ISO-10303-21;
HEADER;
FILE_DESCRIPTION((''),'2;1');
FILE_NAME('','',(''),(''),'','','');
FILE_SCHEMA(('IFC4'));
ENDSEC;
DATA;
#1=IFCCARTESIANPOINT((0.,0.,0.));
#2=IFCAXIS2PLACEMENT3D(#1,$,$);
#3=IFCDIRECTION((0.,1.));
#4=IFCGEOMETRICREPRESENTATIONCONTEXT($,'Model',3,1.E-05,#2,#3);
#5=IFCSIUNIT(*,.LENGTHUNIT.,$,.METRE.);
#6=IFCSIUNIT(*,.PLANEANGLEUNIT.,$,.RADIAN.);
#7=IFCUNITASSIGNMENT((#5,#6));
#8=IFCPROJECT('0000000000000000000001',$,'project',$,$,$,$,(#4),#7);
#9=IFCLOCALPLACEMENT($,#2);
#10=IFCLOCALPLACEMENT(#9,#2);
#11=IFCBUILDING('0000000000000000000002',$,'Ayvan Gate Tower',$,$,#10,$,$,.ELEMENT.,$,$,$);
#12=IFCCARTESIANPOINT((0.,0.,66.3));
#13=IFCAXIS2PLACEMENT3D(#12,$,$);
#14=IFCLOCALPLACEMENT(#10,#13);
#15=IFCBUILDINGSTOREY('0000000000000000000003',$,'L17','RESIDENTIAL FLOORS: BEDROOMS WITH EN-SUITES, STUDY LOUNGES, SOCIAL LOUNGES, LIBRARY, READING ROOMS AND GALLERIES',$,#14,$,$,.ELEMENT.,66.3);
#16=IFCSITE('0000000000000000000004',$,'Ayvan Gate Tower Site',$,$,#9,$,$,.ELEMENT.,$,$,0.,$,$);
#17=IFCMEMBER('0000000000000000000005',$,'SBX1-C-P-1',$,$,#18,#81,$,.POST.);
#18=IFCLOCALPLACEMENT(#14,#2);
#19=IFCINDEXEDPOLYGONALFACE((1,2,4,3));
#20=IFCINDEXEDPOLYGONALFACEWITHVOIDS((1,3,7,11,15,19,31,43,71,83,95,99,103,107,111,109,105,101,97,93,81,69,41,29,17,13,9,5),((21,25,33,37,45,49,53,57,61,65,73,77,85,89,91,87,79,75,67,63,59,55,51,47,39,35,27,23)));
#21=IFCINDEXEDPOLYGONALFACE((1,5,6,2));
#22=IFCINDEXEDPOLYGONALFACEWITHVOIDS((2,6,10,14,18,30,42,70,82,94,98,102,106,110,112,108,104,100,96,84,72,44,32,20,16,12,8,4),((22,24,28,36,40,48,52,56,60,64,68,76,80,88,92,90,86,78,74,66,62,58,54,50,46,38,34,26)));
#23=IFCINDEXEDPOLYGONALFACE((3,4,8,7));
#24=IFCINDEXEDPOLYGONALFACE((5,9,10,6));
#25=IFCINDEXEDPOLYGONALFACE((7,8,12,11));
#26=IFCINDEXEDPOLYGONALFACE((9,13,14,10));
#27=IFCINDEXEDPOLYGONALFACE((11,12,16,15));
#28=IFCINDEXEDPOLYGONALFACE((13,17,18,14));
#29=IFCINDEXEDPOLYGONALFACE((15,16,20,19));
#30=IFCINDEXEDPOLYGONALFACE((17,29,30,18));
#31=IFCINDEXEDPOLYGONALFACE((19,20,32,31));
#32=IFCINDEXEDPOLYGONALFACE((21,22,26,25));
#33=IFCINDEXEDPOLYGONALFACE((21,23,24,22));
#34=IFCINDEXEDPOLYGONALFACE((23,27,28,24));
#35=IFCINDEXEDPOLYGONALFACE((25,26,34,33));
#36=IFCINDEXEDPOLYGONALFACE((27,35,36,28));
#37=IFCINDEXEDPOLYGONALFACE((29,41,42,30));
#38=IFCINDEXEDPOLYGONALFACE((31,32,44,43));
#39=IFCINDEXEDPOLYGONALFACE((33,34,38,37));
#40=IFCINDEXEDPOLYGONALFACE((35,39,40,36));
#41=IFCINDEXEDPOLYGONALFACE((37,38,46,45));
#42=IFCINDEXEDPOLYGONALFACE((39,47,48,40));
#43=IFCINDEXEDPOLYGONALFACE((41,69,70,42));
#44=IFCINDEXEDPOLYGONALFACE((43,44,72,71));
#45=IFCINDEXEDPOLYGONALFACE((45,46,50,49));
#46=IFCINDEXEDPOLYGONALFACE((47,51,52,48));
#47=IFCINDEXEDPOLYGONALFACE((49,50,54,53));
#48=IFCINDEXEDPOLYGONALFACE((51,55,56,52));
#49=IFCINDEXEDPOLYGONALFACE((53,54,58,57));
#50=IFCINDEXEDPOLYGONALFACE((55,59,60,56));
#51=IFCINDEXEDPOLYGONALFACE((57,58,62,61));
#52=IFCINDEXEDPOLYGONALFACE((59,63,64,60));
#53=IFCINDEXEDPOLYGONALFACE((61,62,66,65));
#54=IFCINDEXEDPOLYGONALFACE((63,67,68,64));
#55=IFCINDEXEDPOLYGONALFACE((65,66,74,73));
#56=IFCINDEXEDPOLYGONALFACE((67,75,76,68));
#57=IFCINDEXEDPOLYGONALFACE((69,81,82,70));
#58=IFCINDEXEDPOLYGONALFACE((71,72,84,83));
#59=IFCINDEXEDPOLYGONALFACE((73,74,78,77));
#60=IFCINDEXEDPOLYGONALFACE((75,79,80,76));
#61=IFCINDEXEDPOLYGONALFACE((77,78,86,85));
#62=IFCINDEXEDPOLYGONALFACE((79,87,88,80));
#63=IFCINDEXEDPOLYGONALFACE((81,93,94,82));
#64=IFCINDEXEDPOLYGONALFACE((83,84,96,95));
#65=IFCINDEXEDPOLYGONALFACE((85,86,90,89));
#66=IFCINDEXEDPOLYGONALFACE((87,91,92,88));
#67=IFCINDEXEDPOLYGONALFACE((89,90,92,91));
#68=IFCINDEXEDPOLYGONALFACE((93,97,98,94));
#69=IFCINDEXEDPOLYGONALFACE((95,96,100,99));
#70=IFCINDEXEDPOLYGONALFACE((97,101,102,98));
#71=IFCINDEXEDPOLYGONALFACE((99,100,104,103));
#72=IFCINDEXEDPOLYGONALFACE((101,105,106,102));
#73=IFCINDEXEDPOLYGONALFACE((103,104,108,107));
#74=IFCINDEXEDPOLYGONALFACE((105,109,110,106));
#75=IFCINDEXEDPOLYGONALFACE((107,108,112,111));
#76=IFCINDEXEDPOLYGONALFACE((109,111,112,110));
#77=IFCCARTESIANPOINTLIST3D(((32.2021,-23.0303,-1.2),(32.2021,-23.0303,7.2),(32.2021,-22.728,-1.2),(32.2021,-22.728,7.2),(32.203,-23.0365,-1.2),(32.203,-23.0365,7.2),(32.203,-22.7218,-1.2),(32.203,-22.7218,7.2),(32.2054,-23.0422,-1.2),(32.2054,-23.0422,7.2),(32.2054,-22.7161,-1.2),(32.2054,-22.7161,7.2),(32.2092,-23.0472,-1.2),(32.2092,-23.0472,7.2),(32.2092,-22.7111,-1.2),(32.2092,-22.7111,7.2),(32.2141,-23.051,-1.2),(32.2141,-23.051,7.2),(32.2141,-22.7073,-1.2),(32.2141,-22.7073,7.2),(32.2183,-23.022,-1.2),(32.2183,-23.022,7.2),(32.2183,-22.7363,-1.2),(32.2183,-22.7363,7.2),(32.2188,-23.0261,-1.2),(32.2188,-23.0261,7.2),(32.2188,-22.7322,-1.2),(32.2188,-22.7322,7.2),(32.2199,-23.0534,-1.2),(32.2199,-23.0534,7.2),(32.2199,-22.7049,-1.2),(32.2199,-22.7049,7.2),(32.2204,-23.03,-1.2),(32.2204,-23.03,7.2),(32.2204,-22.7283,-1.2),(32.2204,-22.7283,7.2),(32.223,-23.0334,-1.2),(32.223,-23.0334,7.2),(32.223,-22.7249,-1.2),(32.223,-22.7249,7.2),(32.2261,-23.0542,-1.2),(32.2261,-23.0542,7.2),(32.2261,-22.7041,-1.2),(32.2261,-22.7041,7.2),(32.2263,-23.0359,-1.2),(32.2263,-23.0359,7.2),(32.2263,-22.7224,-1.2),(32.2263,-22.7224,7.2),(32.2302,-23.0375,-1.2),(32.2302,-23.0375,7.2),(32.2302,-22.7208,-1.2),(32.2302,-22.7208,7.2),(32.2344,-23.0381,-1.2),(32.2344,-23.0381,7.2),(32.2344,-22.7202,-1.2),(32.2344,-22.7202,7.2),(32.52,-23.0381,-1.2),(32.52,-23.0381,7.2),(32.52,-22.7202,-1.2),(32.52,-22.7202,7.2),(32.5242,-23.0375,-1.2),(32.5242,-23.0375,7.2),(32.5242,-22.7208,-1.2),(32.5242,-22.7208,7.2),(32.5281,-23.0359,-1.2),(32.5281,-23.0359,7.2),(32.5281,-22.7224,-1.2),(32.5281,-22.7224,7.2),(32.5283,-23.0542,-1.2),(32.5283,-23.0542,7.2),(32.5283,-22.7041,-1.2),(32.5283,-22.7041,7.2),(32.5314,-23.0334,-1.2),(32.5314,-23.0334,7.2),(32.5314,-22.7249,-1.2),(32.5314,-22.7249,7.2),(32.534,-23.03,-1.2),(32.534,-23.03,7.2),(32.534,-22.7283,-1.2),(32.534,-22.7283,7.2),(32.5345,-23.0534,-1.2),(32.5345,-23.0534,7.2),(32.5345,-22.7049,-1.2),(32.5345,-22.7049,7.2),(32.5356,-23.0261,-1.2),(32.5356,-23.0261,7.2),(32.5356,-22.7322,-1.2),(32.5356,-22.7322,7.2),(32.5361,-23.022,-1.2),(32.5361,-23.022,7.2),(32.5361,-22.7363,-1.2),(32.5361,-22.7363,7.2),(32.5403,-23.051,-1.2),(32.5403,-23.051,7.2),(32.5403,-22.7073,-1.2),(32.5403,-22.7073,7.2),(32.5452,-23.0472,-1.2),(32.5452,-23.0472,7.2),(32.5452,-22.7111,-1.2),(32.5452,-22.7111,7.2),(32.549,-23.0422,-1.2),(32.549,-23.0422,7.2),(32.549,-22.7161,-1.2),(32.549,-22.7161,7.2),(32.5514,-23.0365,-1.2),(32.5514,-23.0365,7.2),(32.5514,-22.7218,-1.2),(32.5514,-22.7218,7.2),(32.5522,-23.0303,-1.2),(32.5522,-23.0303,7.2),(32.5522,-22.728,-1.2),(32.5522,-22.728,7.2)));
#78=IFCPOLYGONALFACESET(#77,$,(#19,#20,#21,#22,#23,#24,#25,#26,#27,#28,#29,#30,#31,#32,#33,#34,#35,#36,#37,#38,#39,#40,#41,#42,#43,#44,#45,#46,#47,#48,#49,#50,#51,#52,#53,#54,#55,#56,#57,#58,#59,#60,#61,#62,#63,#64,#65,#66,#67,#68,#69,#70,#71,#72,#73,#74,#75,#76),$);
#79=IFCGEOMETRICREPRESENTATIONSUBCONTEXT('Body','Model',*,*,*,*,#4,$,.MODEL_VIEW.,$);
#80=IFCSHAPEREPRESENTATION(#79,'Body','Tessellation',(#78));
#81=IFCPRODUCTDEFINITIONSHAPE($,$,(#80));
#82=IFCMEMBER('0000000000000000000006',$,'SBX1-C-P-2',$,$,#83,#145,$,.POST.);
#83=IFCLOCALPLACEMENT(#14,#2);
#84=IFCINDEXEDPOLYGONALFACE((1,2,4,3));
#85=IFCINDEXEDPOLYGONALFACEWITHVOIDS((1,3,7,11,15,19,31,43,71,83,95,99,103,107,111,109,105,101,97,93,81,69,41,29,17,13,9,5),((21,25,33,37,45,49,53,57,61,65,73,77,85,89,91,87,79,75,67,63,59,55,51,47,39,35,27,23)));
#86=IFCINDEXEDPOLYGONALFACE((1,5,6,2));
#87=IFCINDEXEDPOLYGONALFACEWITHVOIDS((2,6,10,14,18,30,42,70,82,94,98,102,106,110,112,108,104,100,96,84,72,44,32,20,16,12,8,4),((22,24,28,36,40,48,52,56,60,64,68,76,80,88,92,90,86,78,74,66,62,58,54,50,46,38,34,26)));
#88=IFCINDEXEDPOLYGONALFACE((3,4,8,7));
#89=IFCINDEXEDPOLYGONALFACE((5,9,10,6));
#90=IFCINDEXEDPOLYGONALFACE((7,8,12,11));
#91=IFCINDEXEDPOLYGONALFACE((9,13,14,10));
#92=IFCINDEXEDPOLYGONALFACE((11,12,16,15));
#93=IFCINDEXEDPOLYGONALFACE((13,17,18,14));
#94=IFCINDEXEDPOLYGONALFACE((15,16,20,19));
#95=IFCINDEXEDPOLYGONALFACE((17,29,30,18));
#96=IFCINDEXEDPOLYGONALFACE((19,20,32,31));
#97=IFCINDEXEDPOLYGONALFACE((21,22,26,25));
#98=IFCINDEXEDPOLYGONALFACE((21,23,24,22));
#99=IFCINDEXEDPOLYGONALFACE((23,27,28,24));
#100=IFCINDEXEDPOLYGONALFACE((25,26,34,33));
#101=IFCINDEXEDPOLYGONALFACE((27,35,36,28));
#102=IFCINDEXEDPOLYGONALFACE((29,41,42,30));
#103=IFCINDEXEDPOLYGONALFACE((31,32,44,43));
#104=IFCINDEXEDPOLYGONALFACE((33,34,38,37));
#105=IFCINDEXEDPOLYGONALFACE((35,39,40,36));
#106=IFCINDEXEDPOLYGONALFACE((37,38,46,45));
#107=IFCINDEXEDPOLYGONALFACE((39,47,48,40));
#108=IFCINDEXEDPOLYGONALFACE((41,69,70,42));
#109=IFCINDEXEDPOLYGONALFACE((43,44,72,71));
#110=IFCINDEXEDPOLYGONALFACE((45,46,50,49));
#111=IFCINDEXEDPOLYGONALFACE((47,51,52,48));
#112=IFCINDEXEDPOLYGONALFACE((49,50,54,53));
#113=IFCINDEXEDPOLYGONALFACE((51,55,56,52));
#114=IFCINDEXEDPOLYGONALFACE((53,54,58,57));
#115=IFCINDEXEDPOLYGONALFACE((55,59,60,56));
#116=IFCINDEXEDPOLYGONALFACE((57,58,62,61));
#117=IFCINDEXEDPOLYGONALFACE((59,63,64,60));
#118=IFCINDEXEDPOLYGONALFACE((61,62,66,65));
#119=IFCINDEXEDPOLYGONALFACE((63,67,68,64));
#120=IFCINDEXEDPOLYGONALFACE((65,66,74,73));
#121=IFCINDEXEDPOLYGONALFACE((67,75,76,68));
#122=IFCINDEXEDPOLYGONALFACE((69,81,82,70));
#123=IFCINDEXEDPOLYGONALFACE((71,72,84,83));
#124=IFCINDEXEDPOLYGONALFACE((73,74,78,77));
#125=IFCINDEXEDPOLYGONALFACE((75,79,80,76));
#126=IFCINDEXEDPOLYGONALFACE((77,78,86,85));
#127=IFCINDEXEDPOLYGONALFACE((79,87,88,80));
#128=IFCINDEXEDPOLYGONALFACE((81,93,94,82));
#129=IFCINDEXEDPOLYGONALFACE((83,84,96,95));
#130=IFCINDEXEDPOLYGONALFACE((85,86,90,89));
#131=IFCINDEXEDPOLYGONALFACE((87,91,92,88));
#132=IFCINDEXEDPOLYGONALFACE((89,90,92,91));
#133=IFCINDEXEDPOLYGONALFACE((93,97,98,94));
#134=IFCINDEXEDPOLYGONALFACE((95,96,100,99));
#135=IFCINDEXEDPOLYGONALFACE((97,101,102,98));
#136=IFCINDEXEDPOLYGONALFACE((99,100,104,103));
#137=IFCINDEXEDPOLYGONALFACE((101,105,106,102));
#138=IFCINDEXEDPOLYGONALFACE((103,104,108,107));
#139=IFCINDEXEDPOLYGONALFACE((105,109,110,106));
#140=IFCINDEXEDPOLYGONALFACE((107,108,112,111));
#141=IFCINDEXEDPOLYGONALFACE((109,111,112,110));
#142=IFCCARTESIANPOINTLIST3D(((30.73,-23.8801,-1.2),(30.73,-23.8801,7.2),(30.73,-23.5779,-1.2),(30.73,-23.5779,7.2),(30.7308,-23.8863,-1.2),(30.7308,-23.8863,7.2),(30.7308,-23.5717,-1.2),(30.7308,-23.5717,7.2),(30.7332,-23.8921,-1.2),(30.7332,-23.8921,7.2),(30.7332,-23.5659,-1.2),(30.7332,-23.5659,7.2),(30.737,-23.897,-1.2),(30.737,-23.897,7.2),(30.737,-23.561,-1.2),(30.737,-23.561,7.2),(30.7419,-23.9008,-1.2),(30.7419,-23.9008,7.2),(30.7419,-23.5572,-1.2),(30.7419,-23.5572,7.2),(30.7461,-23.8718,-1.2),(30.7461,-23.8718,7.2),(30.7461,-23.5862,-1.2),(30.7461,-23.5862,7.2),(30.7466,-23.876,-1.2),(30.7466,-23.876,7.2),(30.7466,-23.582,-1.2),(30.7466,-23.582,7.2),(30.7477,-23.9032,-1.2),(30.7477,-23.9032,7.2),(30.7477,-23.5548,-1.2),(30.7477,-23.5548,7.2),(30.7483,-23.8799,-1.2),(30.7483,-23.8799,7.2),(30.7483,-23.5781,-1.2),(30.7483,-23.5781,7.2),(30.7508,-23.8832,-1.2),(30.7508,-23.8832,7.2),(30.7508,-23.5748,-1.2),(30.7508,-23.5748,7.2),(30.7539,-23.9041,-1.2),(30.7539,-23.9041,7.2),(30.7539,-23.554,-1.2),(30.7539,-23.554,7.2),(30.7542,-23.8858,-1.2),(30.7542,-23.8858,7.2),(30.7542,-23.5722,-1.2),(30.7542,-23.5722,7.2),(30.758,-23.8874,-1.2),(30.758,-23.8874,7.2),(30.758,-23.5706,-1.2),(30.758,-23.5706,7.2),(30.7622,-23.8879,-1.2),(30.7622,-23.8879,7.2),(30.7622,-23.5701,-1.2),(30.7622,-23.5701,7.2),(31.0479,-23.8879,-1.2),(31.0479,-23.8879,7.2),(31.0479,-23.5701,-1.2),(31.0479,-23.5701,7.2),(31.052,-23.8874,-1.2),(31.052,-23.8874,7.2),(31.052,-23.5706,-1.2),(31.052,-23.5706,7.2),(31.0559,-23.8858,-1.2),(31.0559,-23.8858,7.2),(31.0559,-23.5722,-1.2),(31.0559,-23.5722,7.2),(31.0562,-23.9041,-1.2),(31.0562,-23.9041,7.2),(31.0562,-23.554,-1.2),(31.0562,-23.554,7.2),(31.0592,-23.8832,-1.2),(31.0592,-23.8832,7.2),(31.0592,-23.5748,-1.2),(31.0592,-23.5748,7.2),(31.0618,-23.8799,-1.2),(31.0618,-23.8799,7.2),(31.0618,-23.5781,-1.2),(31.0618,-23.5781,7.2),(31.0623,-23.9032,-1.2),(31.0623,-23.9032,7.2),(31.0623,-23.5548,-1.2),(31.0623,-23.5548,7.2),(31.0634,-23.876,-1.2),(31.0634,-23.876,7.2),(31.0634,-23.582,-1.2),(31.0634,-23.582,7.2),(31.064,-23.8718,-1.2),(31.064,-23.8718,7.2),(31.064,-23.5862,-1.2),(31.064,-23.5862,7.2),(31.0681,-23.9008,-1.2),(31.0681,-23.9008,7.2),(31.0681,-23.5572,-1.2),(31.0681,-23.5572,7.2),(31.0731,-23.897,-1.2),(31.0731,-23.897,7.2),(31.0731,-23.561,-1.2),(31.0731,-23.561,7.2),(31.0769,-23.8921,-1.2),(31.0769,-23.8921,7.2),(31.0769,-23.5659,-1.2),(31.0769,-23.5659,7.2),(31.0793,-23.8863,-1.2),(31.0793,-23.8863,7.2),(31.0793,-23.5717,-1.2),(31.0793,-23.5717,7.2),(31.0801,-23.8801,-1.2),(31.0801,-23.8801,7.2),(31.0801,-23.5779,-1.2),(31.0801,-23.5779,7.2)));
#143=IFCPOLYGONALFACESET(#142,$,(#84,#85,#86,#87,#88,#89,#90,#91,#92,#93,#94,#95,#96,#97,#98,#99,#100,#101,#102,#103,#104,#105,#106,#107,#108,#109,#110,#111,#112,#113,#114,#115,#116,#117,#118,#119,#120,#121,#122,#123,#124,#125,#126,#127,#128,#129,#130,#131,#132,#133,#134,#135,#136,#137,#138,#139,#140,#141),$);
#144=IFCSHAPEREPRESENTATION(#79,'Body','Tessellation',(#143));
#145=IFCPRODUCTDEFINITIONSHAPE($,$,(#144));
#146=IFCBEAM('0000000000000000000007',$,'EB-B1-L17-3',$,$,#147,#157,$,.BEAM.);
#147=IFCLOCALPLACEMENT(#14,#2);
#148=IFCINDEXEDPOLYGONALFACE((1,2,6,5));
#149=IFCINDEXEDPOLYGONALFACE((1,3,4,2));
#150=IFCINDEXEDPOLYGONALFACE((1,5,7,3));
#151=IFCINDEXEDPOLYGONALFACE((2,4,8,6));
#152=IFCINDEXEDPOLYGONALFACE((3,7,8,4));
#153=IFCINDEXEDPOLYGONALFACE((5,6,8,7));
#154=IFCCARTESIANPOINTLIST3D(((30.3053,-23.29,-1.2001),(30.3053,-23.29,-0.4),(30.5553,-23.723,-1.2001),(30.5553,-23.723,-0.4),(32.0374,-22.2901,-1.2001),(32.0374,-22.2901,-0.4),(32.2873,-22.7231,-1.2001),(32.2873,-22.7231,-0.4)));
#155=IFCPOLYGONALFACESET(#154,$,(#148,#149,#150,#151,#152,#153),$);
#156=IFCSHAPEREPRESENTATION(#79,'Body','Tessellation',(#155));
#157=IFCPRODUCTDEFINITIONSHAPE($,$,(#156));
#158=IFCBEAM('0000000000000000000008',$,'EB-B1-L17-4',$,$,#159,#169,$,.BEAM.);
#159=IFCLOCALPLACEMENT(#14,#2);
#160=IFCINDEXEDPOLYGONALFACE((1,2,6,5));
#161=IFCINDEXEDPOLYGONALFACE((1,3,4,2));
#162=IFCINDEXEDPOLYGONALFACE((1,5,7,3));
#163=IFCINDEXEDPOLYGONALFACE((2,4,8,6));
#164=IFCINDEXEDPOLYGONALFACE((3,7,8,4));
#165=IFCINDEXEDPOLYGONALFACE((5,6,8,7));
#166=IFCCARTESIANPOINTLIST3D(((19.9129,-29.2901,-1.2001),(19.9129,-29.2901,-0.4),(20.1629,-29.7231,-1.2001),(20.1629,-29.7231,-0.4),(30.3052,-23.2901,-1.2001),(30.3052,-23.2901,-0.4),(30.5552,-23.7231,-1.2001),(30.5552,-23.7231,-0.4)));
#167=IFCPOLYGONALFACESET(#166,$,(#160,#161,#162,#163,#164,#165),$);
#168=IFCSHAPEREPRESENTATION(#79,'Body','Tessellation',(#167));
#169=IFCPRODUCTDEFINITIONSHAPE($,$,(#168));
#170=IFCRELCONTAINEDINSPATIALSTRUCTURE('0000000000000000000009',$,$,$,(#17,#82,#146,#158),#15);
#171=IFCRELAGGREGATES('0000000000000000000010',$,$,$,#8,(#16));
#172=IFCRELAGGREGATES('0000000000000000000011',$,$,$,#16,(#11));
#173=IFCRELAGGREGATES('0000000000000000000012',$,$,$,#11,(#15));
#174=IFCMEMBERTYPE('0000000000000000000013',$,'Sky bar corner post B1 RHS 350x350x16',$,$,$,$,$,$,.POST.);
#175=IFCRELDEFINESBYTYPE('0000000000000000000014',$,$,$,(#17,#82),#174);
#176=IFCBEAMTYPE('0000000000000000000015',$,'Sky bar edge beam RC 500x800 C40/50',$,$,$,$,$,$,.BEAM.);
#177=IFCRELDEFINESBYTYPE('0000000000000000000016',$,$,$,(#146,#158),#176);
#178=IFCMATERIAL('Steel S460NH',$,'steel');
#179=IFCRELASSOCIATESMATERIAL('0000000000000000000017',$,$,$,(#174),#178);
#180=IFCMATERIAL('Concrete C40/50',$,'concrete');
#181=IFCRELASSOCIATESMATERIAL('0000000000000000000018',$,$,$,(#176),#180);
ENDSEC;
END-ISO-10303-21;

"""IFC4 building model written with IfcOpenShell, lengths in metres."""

from ifc_helpers import new_model, si_unit, direction, frame, origin, origin_2d, place, context, subcontext, project, spatial, rectangle, hollow_rectangle, extrude, material, material_profile, profile_set, type_object, element, save


model = new_model("IFC4")

# Units and contexts
model_context = context("Model", 3, precision=1e-05, world=origin(), true_north=direction((0.0, 1.0)))
body_context = subcontext(model_context, "Body", "Model", "MODEL_VIEW")
ifc_project = project(units=[si_unit("LENGTHUNIT", "METRE"), si_unit("PLANEANGLEUNIT", "RADIAN")], contexts=[model_context])

# Site, building, storey
site_placement = place(None, origin())
site = spatial("IfcSite", under=ifc_project, at=site_placement, Name="Ayvan Gate Tower Site", CompositionType="ELEMENT", RefElevation=0.0)
building_placement = place(site_placement, origin())
building = spatial("IfcBuilding", under=site, at=building_placement, Name="Ayvan Gate Tower", CompositionType="ELEMENT")
storey_placement = place(building_placement, frame((0.0, 0.0, 66.3)))
storey = spatial("IfcBuildingStorey", under=building, at=storey_placement, Name="L17", Description="RESIDENTIAL FLOORS: BEDROOMS WITH EN-SUITES, STUDY LOUNGES, SOCIAL LOUNGES, LIBRARY, READING ROOMS AND GALLERIES", CompositionType="ELEMENT", Elevation=66.3)

# Members
ifc_material_1 = material(Name="Steel S460NH", Category="steel")
ifc_material_profile_1 = material_profile(ifc_material_1, hollow_rectangle(XDim=0.3501, YDim=0.3501, WallThickness=0.0161, InnerFilletRadius=0.0161, OuterFilletRadius=0.0239, at=origin_2d()), Name="RHS 350x350x16")
ifc_profile_set_1 = profile_set([ifc_material_profile_1], Name="Steel S460NH")
member_type_1 = type_object("IfcMemberType", Name="Sky bar corner post B1 RHS 350x350x16", PredefinedType="POST", material=ifc_profile_set_1)
for number, where, z_axis, x_axis, name in (
    (1, (32.3772, -22.8792, -1.2), (0.0, 0.0, 1.0), (1.0, 0.0, 0.0), "SBX1-C-P-1"),
    (2, (30.905, -23.729, -1.2), (0.0, 0.0, 1.0), (1.0, 0.0, 0.0), "SBX1-C-P-2"),
):
    element("IfcMember", number, at=place(storey_placement, frame(where, z_axis=z_axis, x_axis=x_axis)), inside=storey, type_object=member_type_1, Name=name, PredefinedType="POST", context=body_context, shape_type="SweptSolid", body=[
        extrude(hollow_rectangle(XDim=0.3501, YDim=0.3501, WallThickness=0.0161, InnerFilletRadius=0.0161, OuterFilletRadius=0.0239, at=origin_2d()), origin(), (0.0, 0.0, 1.0), 8.3999),
    ])

# Beams
ifc_material_2 = material(Name="Concrete C40/50", Category="concrete")
ifc_material_profile_2 = material_profile(ifc_material_2, rectangle(XDim=0.5, YDim=0.8, at=origin_2d()), Name="RC 500x800")
ifc_profile_set_2 = profile_set([ifc_material_profile_2], Name="Concrete C40/50")
beam_type = type_object("IfcBeamType", Name="Sky bar edge beam RC 500x800 C40/50", PredefinedType="BEAM", material=ifc_profile_set_2)
beam_1_placement = place(storey_placement, frame((32.1624, -22.5066, -0.8), z_axis=(-0.866041, -0.499973, 0.0), x_axis=(0.499973, -0.866041, 0.0)))
element("IfcBeam", 3, at=beam_1_placement, inside=storey, type_object=beam_type, Name="EB-B1-L17-3", PredefinedType="BEAM", context=body_context, shape_type="SweptSolid", body=[
    extrude(rectangle(XDim=0.5, YDim=0.8, at=origin_2d()), origin(), (0.0, 0.0, 1.0), 2.0),
])
beam_2_placement = place(storey_placement, frame((30.4302, -23.5066, -0.8), z_axis=(-0.866026, -0.499999, 0.0), x_axis=(0.499999, -0.866026, 0.0)))
element("IfcBeam", 4, at=beam_2_placement, inside=storey, type_object=beam_type, Name="EB-B1-L17-4", PredefinedType="BEAM", context=body_context, shape_type="SweptSolid", body=[
    extrude(rectangle(XDim=0.5, YDim=0.8, at=origin_2d()), origin(), (0.0, 0.0, 1.0), 12.0),
])

save(model, "model.ifc")
